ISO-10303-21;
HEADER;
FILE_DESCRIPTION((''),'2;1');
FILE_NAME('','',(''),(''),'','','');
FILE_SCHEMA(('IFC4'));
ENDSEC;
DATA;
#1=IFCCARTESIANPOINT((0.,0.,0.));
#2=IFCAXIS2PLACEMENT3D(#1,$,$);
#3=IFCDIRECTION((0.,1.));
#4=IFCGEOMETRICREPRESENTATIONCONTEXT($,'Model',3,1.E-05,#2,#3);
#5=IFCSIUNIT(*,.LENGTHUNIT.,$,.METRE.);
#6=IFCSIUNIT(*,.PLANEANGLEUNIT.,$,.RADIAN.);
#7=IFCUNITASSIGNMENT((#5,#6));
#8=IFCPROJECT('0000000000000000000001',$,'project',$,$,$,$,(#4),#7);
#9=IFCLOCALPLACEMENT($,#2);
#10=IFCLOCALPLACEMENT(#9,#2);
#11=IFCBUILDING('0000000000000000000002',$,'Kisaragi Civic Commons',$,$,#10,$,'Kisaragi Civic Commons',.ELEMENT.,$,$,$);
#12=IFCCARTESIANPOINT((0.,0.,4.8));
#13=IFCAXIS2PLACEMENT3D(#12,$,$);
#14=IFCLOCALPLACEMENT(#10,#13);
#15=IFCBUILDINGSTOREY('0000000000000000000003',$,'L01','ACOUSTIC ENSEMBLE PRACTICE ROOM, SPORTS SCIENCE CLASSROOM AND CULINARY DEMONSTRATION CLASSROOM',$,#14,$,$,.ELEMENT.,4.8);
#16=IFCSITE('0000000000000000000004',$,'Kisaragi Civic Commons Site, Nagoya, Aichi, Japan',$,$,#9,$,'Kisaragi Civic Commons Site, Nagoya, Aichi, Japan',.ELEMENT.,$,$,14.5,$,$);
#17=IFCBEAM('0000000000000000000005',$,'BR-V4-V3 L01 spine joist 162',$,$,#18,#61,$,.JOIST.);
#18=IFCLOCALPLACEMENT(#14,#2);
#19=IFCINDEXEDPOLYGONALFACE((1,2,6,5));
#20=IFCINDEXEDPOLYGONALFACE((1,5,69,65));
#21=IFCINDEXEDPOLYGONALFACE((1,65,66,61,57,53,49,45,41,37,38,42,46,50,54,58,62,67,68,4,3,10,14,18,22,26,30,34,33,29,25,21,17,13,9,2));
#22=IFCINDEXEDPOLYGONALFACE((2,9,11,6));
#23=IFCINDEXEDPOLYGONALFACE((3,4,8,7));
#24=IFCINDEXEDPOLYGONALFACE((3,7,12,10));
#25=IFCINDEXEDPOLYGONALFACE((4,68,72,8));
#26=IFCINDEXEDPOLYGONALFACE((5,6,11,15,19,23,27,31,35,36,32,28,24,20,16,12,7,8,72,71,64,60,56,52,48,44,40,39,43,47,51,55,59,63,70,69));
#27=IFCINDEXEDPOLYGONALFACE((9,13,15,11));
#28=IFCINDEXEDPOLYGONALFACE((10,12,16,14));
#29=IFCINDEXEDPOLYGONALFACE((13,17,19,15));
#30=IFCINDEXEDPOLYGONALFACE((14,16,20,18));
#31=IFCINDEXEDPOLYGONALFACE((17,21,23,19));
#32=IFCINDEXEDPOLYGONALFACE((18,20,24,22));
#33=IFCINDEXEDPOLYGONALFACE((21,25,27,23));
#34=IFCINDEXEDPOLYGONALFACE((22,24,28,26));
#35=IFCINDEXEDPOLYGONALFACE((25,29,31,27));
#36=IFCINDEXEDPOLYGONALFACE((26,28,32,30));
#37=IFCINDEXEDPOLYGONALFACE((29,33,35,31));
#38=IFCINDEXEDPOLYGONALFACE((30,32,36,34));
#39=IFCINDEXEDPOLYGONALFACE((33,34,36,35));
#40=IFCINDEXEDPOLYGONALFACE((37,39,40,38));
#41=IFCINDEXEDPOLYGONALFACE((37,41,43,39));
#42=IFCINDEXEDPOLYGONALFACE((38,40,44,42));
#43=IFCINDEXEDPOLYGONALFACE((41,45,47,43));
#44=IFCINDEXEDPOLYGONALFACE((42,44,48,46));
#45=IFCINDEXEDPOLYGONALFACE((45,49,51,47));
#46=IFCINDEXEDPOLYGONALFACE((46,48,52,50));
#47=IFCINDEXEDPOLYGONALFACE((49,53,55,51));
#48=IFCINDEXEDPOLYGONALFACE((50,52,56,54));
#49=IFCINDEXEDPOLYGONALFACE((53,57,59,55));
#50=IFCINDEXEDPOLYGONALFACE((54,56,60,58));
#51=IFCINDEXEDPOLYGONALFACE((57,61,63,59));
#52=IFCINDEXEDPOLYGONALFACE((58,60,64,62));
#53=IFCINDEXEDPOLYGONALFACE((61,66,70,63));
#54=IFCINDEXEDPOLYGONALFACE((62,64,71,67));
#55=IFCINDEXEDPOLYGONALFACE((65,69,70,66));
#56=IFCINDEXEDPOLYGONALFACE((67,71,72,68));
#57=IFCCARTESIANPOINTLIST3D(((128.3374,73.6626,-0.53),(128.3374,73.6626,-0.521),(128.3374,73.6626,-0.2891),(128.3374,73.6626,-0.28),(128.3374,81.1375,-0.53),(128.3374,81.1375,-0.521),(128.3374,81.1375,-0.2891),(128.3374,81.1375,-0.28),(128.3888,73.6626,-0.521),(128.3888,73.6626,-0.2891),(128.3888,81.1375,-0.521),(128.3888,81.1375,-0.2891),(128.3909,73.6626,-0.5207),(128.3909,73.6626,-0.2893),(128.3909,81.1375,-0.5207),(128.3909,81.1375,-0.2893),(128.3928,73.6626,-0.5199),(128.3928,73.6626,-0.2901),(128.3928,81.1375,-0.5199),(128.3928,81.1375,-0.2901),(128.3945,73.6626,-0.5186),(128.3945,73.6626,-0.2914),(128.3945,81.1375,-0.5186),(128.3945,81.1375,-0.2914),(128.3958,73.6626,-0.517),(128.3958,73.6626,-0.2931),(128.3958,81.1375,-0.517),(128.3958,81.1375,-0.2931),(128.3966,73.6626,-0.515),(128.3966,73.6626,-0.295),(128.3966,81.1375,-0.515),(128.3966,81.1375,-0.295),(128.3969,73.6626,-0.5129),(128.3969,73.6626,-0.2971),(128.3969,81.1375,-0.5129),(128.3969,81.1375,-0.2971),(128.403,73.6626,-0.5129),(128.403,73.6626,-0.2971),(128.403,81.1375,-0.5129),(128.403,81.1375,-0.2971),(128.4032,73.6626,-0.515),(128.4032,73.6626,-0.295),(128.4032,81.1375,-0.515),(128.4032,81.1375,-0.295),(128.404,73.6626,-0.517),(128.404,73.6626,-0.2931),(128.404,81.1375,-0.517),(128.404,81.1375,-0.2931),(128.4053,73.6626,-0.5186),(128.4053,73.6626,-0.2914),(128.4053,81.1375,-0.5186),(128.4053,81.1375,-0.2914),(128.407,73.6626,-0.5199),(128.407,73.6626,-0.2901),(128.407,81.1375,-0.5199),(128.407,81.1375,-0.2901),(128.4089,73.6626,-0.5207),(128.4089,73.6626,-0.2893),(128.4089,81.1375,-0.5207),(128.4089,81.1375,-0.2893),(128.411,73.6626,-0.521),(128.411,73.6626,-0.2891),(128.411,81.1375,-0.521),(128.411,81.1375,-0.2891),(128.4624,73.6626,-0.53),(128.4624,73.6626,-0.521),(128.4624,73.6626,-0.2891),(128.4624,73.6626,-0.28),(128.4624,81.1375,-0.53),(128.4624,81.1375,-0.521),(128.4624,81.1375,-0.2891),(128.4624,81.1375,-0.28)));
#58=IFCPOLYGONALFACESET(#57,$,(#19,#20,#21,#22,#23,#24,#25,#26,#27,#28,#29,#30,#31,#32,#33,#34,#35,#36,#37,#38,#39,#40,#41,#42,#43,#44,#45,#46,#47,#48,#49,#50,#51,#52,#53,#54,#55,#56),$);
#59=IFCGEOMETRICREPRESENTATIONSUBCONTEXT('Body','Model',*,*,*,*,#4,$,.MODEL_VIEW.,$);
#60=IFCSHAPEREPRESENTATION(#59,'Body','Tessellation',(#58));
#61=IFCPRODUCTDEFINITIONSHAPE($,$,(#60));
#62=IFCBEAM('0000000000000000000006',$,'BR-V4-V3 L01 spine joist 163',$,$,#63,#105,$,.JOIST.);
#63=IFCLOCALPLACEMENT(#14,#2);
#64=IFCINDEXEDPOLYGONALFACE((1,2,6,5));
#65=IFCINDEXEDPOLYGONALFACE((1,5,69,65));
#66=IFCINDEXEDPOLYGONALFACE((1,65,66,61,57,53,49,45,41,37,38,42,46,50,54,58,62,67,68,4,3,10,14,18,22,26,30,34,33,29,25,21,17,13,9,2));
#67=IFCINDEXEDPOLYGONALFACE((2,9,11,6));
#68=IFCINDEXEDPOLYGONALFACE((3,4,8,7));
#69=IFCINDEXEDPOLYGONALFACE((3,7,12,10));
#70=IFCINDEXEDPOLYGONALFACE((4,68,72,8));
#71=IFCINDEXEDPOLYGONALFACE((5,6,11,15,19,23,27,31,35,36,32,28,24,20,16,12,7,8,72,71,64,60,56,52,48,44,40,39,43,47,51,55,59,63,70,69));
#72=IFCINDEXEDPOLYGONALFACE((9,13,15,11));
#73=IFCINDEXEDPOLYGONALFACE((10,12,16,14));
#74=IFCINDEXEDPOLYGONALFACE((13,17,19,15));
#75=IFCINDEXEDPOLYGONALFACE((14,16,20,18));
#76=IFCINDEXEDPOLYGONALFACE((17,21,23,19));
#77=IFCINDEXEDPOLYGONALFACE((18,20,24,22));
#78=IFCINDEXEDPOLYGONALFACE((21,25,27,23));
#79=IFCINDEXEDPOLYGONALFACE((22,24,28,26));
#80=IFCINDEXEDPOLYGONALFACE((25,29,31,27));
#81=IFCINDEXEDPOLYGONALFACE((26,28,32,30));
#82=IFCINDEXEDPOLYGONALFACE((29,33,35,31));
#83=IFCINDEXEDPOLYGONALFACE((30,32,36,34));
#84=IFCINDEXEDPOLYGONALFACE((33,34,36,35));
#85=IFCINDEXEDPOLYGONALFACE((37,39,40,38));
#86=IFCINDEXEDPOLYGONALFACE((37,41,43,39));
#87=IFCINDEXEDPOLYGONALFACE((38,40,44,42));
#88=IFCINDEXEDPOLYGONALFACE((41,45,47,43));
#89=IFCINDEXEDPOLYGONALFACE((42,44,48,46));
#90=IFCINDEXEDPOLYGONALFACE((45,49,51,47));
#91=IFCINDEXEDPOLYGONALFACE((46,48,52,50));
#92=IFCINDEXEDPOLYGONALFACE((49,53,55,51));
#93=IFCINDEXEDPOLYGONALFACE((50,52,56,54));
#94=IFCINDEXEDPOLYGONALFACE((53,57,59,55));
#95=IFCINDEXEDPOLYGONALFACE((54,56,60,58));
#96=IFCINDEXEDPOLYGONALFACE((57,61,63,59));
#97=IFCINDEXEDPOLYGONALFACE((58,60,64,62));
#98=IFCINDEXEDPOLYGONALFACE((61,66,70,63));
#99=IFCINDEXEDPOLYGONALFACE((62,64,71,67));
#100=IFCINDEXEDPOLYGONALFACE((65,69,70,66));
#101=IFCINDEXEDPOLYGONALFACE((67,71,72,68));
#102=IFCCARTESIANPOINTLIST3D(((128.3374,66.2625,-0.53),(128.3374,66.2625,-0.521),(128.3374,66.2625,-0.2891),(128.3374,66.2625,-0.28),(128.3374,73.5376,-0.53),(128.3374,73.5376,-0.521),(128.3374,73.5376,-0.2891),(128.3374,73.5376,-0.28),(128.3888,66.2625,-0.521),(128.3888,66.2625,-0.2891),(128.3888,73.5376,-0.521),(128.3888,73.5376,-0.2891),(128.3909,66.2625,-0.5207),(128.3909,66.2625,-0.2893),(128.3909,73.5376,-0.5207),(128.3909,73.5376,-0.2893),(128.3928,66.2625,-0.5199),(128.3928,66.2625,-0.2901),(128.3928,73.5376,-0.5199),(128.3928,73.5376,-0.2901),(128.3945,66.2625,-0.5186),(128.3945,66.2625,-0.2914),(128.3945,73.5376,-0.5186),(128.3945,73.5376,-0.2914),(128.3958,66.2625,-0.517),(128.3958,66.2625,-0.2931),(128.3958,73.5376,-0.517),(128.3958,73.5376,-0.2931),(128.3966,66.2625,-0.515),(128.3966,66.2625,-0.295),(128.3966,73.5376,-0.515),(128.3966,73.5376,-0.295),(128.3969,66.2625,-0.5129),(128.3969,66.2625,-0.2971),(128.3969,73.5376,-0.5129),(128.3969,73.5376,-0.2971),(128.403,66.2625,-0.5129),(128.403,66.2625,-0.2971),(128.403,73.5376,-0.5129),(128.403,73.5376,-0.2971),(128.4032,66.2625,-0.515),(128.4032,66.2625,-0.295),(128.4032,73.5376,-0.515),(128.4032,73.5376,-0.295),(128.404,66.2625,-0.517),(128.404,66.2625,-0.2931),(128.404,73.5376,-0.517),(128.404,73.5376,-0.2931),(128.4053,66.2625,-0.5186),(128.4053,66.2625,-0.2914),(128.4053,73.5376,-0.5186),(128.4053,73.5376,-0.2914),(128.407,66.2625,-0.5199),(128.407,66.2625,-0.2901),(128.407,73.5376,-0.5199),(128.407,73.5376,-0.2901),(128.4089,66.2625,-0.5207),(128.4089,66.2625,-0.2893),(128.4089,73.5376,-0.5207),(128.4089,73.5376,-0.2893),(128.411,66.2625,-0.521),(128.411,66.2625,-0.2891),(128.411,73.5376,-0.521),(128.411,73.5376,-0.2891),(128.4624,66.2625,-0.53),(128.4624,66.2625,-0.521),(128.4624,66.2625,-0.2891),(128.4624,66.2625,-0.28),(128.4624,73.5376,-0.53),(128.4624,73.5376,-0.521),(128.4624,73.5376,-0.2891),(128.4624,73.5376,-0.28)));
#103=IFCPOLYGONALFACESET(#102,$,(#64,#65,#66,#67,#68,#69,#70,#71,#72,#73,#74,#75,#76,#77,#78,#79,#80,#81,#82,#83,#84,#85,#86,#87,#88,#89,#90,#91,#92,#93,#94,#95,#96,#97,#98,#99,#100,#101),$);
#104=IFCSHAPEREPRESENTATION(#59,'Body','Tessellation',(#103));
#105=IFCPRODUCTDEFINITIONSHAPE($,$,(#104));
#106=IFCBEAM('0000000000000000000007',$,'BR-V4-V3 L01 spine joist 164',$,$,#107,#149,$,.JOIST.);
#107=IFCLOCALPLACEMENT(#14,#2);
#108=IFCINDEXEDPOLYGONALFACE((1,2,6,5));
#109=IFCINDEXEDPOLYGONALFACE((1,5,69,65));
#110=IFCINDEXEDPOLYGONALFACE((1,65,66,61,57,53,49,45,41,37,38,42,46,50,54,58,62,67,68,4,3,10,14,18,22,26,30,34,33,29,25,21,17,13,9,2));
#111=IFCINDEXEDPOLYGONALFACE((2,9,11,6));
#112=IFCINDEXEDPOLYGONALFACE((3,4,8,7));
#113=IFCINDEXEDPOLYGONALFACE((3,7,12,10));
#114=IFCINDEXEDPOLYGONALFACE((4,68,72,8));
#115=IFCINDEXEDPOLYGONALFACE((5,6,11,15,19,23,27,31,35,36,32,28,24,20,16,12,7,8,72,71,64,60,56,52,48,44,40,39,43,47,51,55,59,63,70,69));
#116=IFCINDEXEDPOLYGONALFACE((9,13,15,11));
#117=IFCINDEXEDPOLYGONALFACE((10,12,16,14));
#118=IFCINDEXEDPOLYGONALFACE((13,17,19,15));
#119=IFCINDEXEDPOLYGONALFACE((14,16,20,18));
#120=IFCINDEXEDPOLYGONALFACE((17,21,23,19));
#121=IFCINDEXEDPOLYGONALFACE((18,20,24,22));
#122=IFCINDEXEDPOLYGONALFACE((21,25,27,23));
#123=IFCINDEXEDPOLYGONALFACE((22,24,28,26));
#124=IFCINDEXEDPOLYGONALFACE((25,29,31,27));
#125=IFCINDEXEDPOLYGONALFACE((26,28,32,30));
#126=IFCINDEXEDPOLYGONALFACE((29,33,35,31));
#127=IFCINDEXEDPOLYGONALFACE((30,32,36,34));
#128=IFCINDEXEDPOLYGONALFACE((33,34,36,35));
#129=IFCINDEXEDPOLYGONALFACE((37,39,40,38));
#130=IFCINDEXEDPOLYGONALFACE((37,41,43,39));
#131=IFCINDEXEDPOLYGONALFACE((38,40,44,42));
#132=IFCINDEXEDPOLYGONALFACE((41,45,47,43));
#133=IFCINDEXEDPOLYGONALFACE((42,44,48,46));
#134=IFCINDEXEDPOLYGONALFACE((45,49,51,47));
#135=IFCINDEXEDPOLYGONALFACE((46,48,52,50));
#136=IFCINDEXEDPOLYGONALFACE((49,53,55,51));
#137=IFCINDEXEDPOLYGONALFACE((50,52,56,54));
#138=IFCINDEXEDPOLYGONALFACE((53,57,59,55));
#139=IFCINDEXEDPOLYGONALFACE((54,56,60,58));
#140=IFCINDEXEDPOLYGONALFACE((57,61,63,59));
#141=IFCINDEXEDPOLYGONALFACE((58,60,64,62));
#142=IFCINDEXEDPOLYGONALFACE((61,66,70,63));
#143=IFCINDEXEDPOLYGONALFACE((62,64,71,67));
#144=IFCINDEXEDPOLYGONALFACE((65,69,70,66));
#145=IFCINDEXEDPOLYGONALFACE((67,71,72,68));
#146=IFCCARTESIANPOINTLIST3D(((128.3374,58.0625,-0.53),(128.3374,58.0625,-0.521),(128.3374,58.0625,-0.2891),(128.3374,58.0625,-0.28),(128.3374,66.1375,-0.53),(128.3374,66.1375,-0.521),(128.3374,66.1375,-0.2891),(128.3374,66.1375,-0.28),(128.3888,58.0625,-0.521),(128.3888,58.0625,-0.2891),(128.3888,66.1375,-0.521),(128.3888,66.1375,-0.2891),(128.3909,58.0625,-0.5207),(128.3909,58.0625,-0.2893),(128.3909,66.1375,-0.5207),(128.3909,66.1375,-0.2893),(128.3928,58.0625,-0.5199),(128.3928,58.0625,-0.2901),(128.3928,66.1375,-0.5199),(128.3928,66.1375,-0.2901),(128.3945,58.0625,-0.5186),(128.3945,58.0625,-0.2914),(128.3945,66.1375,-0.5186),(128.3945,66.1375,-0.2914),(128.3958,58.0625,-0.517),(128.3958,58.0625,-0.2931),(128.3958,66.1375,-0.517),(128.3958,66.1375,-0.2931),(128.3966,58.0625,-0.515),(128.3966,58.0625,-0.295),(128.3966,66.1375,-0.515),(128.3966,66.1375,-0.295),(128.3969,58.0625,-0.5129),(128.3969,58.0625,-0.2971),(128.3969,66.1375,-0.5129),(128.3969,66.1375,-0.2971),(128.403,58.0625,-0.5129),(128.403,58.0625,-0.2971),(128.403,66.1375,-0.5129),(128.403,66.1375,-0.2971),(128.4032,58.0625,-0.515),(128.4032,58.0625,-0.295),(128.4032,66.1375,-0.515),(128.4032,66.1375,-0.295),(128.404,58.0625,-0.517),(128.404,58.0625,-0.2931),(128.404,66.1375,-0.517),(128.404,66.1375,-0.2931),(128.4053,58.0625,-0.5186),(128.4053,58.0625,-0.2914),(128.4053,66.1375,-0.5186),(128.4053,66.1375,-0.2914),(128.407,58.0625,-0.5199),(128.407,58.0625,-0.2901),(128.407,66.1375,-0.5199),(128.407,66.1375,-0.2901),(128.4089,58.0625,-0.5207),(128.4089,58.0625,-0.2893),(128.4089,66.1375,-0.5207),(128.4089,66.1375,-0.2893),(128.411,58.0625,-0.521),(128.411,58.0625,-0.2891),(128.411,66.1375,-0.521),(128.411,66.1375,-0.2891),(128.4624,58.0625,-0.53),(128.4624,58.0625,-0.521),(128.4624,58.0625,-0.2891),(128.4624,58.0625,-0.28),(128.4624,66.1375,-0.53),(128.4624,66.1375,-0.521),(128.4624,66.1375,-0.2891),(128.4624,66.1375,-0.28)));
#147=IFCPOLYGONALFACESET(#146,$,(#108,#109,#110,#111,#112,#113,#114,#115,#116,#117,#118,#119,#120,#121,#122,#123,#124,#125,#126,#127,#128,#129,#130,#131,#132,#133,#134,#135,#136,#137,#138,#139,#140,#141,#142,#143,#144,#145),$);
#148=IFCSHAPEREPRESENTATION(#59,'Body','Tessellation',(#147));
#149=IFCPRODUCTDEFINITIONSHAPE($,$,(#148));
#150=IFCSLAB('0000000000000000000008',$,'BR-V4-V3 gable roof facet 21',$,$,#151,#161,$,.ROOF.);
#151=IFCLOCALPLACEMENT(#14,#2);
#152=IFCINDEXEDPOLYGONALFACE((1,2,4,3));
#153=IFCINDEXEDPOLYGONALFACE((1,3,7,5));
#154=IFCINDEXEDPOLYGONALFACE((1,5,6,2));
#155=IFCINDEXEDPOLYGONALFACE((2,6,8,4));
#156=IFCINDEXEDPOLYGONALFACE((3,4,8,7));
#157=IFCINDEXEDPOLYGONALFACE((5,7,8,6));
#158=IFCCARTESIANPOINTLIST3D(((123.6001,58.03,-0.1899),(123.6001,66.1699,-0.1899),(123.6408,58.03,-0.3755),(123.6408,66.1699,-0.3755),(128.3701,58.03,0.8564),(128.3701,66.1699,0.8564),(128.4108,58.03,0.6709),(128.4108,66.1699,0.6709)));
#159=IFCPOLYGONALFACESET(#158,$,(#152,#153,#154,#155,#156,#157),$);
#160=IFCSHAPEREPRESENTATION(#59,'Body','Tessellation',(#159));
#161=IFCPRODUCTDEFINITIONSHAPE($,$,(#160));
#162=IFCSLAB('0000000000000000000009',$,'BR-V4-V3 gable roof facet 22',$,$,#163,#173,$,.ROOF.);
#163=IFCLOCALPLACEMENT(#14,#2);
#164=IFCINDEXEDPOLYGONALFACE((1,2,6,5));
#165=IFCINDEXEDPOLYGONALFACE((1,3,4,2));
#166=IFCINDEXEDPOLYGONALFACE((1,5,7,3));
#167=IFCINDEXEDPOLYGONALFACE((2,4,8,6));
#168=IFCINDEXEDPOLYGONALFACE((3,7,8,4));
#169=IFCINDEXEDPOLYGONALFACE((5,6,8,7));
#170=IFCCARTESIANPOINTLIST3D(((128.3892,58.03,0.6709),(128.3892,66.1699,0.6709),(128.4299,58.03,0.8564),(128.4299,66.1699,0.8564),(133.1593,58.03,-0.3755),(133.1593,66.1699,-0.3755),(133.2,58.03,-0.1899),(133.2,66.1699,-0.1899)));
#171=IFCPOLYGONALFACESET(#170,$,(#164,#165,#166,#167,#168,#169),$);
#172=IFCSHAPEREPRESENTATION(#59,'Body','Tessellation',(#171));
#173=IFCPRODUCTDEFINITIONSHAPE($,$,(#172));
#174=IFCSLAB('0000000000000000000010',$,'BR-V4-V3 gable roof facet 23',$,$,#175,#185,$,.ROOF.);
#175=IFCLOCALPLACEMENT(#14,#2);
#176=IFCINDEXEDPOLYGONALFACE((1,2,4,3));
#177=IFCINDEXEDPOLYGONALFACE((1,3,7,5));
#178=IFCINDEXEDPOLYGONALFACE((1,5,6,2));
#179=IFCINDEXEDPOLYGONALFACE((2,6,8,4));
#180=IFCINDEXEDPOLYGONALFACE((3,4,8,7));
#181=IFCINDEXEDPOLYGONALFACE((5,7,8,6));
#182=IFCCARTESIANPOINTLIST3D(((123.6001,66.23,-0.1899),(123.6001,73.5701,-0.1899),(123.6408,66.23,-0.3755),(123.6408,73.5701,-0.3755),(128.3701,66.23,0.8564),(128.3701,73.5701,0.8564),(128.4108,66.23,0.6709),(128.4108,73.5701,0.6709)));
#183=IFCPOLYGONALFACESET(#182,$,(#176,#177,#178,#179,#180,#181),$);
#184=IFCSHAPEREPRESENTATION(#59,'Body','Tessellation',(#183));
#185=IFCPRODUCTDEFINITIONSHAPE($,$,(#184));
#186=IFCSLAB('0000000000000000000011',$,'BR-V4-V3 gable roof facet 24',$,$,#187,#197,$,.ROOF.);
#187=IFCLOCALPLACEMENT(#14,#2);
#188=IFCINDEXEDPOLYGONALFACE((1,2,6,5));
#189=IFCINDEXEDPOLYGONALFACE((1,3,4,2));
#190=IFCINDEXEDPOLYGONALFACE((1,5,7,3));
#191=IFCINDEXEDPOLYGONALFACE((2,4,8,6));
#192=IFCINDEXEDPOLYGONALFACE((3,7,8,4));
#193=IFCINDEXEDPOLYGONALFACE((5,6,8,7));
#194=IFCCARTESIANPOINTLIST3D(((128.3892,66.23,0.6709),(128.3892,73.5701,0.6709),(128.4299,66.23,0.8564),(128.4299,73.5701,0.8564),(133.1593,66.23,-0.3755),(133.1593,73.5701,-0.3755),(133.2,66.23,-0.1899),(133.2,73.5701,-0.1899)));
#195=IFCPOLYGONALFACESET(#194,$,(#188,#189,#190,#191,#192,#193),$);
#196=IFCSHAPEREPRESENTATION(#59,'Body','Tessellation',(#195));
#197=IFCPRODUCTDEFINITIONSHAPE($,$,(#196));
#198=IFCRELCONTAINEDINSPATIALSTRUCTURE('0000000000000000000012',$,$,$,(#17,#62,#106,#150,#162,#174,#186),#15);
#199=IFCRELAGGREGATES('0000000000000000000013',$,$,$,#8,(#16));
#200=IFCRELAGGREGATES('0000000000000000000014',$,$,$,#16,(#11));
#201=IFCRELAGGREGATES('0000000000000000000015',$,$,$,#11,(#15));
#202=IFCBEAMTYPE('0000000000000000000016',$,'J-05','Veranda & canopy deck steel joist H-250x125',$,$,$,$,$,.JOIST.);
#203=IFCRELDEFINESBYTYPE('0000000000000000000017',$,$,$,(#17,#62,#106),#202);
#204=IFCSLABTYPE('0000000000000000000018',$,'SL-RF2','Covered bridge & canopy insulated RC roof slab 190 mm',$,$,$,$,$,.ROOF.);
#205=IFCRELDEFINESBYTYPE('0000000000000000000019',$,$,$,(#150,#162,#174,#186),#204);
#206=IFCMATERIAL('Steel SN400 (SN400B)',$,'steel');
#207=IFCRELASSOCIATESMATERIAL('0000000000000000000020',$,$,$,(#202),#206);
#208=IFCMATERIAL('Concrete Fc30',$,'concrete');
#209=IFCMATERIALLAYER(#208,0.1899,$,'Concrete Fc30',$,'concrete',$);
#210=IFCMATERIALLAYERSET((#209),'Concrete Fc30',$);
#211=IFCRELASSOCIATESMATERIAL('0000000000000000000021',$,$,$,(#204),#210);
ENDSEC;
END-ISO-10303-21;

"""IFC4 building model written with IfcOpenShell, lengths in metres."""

from ifc_helpers import new_model, si_unit, direction, frame, origin, origin_2d, place, context, subcontext, project, spatial, polyline, i_section, outline, extrude, material, layer, layer_set, material_profile, profile_set, type_object, element, save


model = new_model("IFC4")

# Units and contexts
model_context = context("Model", 3, precision=1e-05, world=origin(), true_north=direction((0.0, 1.0)))
body_context = subcontext(model_context, "Body", "Model", "MODEL_VIEW")
ifc_project = project(units=[si_unit("LENGTHUNIT", "METRE"), si_unit("PLANEANGLEUNIT", "RADIAN")], contexts=[model_context])

# Site, building, storey
site_placement = place(None, origin())
site = spatial("IfcSite", under=ifc_project, at=site_placement, Name="Kisaragi Civic Commons Site, Nagoya, Aichi, Japan", LongName="Kisaragi Civic Commons Site, Nagoya, Aichi, Japan", CompositionType="ELEMENT", RefElevation=14.5)
building_placement = place(site_placement, origin())
building = spatial("IfcBuilding", under=site, at=building_placement, Name="Kisaragi Civic Commons", LongName="Kisaragi Civic Commons", CompositionType="ELEMENT")
storey_placement = place(building_placement, frame((0.0, 0.0, 4.8)))
storey = spatial("IfcBuildingStorey", under=building, at=storey_placement, Name="L01", Description="ACOUSTIC ENSEMBLE PRACTICE ROOM, SPORTS SCIENCE CLASSROOM AND CULINARY DEMONSTRATION CLASSROOM", CompositionType="ELEMENT", Elevation=4.8)

# Beams
ifc_material_1 = material(Name="Steel SN400 (SN400B)", Category="steel")
ifc_material_profile_1 = material_profile(ifc_material_1, i_section(OverallWidth=0.125, OverallDepth=0.25, WebThickness=0.0061, FlangeThickness=0.009, FilletRadius=0.0081, at=origin_2d()), Name="H-250x125x6x9", Category="steel")
ifc_profile_set_1 = profile_set([ifc_material_profile_1], Name="Steel SN400 (SN400B)")
beam_type_1 = type_object("IfcBeamType", Name="J-05", Description="Veranda & canopy deck steel joist H-250x125", PredefinedType="JOIST", material=ifc_profile_set_1)
beam_1_placement = place(storey_placement, frame((128.3999, 81.1375, -0.405), z_axis=(0.0, -1.0, 0.0), x_axis=(1.0, 0.0, 0.0)))
element("IfcBeam", 1, at=beam_1_placement, inside=storey, type_object=beam_type_1, Name="BR-V4-V3 L01 spine joist 162", PredefinedType="JOIST", context=body_context, shape_type="SweptSolid", body=[
    extrude(i_section(OverallWidth=0.125, OverallDepth=0.25, WebThickness=0.0061, FlangeThickness=0.009, FilletRadius=0.0081, at=origin_2d()), origin(), (0.0, 0.0, 1.0), 7.4749),
])
beam_2_placement = place(storey_placement, frame((128.3999, 73.5376, -0.405), z_axis=(0.0, -1.0, 0.0), x_axis=(1.0, 0.0, 0.0)))
element("IfcBeam", 2, at=beam_2_placement, inside=storey, type_object=beam_type_1, Name="BR-V4-V3 L01 spine joist 163", PredefinedType="JOIST", context=body_context, shape_type="SweptSolid", body=[
    extrude(i_section(OverallWidth=0.125, OverallDepth=0.25, WebThickness=0.0061, FlangeThickness=0.009, FilletRadius=0.0081, at=origin_2d()), origin(), (0.0, 0.0, 1.0), 7.2751),
])
beam_3_placement = place(storey_placement, frame((128.3999, 66.1375, -0.405), z_axis=(0.0, -1.0, 0.0), x_axis=(1.0, 0.0, 0.0)))
element("IfcBeam", 3, at=beam_3_placement, inside=storey, type_object=beam_type_1, Name="BR-V4-V3 L01 spine joist 164", PredefinedType="JOIST", context=body_context, shape_type="SweptSolid", body=[
    extrude(i_section(OverallWidth=0.125, OverallDepth=0.25, WebThickness=0.0061, FlangeThickness=0.009, FilletRadius=0.0081, at=origin_2d()), origin(), (0.0, 0.0, 1.0), 8.075),
])

# Slabs
ifc_material_2 = material(Name="Concrete Fc30", Category="concrete")
ifc_layer = layer(ifc_material_2, 0.1899, Name="Concrete Fc30", Category="concrete")
ifc_layer_set = layer_set([ifc_layer], Name="Concrete Fc30")
slab_type = type_object("IfcSlabType", Name="SL-RF2", Description="Covered bridge & canopy insulated RC roof slab 190 mm", PredefinedType="ROOF", material=ifc_layer_set)
for number, where, z_axis, x_axis, name in (
    (4, (123.6001, 58.03, -0.1899), (-0.214272, 0.0, 0.976774), (0.976774, 0.0, 0.214272), "BR-V4-V3 gable roof facet 21"),
    (5, (128.4299, 58.03, 0.8564), (0.214272, 0.0, 0.976774), (0.976774, 0.0, -0.214272), "BR-V4-V3 gable roof facet 22"),
):
    element("IfcSlab", number, at=place(storey_placement, frame(where, z_axis=z_axis, x_axis=x_axis)), inside=storey, type_object=slab_type, Name=name, PredefinedType="ROOF", context=body_context, shape_type="SweptSolid", body=[
        extrude(outline(polyline([(0.0, 0.0), (4.8834, 0.0), (4.8834, 8.1399), (0.0, 8.1399), (0.0, 0.0)])), origin(), (0.0, 0.0, -1.0), 0.1899),
    ])
for number, where, z_axis, x_axis, name in (
    (6, (123.6001, 66.23, -0.1899), (-0.214272, 0.0, 0.976774), (0.976774, 0.0, 0.214272), "BR-V4-V3 gable roof facet 23"),
    (7, (128.4299, 66.23, 0.8564), (0.214272, 0.0, 0.976774), (0.976774, 0.0, -0.214272), "BR-V4-V3 gable roof facet 24"),
):
    element("IfcSlab", number, at=place(storey_placement, frame(where, z_axis=z_axis, x_axis=x_axis)), inside=storey, type_object=slab_type, Name=name, PredefinedType="ROOF", context=body_context, shape_type="SweptSolid", body=[
        extrude(outline(polyline([(0.0, 0.0), (4.8834, 0.0), (4.8834, 7.3401), (0.0, 7.3401), (0.0, 0.0)])), origin(), (0.0, 0.0, -1.0), 0.1899),
    ])

save(model, "model.ifc")
